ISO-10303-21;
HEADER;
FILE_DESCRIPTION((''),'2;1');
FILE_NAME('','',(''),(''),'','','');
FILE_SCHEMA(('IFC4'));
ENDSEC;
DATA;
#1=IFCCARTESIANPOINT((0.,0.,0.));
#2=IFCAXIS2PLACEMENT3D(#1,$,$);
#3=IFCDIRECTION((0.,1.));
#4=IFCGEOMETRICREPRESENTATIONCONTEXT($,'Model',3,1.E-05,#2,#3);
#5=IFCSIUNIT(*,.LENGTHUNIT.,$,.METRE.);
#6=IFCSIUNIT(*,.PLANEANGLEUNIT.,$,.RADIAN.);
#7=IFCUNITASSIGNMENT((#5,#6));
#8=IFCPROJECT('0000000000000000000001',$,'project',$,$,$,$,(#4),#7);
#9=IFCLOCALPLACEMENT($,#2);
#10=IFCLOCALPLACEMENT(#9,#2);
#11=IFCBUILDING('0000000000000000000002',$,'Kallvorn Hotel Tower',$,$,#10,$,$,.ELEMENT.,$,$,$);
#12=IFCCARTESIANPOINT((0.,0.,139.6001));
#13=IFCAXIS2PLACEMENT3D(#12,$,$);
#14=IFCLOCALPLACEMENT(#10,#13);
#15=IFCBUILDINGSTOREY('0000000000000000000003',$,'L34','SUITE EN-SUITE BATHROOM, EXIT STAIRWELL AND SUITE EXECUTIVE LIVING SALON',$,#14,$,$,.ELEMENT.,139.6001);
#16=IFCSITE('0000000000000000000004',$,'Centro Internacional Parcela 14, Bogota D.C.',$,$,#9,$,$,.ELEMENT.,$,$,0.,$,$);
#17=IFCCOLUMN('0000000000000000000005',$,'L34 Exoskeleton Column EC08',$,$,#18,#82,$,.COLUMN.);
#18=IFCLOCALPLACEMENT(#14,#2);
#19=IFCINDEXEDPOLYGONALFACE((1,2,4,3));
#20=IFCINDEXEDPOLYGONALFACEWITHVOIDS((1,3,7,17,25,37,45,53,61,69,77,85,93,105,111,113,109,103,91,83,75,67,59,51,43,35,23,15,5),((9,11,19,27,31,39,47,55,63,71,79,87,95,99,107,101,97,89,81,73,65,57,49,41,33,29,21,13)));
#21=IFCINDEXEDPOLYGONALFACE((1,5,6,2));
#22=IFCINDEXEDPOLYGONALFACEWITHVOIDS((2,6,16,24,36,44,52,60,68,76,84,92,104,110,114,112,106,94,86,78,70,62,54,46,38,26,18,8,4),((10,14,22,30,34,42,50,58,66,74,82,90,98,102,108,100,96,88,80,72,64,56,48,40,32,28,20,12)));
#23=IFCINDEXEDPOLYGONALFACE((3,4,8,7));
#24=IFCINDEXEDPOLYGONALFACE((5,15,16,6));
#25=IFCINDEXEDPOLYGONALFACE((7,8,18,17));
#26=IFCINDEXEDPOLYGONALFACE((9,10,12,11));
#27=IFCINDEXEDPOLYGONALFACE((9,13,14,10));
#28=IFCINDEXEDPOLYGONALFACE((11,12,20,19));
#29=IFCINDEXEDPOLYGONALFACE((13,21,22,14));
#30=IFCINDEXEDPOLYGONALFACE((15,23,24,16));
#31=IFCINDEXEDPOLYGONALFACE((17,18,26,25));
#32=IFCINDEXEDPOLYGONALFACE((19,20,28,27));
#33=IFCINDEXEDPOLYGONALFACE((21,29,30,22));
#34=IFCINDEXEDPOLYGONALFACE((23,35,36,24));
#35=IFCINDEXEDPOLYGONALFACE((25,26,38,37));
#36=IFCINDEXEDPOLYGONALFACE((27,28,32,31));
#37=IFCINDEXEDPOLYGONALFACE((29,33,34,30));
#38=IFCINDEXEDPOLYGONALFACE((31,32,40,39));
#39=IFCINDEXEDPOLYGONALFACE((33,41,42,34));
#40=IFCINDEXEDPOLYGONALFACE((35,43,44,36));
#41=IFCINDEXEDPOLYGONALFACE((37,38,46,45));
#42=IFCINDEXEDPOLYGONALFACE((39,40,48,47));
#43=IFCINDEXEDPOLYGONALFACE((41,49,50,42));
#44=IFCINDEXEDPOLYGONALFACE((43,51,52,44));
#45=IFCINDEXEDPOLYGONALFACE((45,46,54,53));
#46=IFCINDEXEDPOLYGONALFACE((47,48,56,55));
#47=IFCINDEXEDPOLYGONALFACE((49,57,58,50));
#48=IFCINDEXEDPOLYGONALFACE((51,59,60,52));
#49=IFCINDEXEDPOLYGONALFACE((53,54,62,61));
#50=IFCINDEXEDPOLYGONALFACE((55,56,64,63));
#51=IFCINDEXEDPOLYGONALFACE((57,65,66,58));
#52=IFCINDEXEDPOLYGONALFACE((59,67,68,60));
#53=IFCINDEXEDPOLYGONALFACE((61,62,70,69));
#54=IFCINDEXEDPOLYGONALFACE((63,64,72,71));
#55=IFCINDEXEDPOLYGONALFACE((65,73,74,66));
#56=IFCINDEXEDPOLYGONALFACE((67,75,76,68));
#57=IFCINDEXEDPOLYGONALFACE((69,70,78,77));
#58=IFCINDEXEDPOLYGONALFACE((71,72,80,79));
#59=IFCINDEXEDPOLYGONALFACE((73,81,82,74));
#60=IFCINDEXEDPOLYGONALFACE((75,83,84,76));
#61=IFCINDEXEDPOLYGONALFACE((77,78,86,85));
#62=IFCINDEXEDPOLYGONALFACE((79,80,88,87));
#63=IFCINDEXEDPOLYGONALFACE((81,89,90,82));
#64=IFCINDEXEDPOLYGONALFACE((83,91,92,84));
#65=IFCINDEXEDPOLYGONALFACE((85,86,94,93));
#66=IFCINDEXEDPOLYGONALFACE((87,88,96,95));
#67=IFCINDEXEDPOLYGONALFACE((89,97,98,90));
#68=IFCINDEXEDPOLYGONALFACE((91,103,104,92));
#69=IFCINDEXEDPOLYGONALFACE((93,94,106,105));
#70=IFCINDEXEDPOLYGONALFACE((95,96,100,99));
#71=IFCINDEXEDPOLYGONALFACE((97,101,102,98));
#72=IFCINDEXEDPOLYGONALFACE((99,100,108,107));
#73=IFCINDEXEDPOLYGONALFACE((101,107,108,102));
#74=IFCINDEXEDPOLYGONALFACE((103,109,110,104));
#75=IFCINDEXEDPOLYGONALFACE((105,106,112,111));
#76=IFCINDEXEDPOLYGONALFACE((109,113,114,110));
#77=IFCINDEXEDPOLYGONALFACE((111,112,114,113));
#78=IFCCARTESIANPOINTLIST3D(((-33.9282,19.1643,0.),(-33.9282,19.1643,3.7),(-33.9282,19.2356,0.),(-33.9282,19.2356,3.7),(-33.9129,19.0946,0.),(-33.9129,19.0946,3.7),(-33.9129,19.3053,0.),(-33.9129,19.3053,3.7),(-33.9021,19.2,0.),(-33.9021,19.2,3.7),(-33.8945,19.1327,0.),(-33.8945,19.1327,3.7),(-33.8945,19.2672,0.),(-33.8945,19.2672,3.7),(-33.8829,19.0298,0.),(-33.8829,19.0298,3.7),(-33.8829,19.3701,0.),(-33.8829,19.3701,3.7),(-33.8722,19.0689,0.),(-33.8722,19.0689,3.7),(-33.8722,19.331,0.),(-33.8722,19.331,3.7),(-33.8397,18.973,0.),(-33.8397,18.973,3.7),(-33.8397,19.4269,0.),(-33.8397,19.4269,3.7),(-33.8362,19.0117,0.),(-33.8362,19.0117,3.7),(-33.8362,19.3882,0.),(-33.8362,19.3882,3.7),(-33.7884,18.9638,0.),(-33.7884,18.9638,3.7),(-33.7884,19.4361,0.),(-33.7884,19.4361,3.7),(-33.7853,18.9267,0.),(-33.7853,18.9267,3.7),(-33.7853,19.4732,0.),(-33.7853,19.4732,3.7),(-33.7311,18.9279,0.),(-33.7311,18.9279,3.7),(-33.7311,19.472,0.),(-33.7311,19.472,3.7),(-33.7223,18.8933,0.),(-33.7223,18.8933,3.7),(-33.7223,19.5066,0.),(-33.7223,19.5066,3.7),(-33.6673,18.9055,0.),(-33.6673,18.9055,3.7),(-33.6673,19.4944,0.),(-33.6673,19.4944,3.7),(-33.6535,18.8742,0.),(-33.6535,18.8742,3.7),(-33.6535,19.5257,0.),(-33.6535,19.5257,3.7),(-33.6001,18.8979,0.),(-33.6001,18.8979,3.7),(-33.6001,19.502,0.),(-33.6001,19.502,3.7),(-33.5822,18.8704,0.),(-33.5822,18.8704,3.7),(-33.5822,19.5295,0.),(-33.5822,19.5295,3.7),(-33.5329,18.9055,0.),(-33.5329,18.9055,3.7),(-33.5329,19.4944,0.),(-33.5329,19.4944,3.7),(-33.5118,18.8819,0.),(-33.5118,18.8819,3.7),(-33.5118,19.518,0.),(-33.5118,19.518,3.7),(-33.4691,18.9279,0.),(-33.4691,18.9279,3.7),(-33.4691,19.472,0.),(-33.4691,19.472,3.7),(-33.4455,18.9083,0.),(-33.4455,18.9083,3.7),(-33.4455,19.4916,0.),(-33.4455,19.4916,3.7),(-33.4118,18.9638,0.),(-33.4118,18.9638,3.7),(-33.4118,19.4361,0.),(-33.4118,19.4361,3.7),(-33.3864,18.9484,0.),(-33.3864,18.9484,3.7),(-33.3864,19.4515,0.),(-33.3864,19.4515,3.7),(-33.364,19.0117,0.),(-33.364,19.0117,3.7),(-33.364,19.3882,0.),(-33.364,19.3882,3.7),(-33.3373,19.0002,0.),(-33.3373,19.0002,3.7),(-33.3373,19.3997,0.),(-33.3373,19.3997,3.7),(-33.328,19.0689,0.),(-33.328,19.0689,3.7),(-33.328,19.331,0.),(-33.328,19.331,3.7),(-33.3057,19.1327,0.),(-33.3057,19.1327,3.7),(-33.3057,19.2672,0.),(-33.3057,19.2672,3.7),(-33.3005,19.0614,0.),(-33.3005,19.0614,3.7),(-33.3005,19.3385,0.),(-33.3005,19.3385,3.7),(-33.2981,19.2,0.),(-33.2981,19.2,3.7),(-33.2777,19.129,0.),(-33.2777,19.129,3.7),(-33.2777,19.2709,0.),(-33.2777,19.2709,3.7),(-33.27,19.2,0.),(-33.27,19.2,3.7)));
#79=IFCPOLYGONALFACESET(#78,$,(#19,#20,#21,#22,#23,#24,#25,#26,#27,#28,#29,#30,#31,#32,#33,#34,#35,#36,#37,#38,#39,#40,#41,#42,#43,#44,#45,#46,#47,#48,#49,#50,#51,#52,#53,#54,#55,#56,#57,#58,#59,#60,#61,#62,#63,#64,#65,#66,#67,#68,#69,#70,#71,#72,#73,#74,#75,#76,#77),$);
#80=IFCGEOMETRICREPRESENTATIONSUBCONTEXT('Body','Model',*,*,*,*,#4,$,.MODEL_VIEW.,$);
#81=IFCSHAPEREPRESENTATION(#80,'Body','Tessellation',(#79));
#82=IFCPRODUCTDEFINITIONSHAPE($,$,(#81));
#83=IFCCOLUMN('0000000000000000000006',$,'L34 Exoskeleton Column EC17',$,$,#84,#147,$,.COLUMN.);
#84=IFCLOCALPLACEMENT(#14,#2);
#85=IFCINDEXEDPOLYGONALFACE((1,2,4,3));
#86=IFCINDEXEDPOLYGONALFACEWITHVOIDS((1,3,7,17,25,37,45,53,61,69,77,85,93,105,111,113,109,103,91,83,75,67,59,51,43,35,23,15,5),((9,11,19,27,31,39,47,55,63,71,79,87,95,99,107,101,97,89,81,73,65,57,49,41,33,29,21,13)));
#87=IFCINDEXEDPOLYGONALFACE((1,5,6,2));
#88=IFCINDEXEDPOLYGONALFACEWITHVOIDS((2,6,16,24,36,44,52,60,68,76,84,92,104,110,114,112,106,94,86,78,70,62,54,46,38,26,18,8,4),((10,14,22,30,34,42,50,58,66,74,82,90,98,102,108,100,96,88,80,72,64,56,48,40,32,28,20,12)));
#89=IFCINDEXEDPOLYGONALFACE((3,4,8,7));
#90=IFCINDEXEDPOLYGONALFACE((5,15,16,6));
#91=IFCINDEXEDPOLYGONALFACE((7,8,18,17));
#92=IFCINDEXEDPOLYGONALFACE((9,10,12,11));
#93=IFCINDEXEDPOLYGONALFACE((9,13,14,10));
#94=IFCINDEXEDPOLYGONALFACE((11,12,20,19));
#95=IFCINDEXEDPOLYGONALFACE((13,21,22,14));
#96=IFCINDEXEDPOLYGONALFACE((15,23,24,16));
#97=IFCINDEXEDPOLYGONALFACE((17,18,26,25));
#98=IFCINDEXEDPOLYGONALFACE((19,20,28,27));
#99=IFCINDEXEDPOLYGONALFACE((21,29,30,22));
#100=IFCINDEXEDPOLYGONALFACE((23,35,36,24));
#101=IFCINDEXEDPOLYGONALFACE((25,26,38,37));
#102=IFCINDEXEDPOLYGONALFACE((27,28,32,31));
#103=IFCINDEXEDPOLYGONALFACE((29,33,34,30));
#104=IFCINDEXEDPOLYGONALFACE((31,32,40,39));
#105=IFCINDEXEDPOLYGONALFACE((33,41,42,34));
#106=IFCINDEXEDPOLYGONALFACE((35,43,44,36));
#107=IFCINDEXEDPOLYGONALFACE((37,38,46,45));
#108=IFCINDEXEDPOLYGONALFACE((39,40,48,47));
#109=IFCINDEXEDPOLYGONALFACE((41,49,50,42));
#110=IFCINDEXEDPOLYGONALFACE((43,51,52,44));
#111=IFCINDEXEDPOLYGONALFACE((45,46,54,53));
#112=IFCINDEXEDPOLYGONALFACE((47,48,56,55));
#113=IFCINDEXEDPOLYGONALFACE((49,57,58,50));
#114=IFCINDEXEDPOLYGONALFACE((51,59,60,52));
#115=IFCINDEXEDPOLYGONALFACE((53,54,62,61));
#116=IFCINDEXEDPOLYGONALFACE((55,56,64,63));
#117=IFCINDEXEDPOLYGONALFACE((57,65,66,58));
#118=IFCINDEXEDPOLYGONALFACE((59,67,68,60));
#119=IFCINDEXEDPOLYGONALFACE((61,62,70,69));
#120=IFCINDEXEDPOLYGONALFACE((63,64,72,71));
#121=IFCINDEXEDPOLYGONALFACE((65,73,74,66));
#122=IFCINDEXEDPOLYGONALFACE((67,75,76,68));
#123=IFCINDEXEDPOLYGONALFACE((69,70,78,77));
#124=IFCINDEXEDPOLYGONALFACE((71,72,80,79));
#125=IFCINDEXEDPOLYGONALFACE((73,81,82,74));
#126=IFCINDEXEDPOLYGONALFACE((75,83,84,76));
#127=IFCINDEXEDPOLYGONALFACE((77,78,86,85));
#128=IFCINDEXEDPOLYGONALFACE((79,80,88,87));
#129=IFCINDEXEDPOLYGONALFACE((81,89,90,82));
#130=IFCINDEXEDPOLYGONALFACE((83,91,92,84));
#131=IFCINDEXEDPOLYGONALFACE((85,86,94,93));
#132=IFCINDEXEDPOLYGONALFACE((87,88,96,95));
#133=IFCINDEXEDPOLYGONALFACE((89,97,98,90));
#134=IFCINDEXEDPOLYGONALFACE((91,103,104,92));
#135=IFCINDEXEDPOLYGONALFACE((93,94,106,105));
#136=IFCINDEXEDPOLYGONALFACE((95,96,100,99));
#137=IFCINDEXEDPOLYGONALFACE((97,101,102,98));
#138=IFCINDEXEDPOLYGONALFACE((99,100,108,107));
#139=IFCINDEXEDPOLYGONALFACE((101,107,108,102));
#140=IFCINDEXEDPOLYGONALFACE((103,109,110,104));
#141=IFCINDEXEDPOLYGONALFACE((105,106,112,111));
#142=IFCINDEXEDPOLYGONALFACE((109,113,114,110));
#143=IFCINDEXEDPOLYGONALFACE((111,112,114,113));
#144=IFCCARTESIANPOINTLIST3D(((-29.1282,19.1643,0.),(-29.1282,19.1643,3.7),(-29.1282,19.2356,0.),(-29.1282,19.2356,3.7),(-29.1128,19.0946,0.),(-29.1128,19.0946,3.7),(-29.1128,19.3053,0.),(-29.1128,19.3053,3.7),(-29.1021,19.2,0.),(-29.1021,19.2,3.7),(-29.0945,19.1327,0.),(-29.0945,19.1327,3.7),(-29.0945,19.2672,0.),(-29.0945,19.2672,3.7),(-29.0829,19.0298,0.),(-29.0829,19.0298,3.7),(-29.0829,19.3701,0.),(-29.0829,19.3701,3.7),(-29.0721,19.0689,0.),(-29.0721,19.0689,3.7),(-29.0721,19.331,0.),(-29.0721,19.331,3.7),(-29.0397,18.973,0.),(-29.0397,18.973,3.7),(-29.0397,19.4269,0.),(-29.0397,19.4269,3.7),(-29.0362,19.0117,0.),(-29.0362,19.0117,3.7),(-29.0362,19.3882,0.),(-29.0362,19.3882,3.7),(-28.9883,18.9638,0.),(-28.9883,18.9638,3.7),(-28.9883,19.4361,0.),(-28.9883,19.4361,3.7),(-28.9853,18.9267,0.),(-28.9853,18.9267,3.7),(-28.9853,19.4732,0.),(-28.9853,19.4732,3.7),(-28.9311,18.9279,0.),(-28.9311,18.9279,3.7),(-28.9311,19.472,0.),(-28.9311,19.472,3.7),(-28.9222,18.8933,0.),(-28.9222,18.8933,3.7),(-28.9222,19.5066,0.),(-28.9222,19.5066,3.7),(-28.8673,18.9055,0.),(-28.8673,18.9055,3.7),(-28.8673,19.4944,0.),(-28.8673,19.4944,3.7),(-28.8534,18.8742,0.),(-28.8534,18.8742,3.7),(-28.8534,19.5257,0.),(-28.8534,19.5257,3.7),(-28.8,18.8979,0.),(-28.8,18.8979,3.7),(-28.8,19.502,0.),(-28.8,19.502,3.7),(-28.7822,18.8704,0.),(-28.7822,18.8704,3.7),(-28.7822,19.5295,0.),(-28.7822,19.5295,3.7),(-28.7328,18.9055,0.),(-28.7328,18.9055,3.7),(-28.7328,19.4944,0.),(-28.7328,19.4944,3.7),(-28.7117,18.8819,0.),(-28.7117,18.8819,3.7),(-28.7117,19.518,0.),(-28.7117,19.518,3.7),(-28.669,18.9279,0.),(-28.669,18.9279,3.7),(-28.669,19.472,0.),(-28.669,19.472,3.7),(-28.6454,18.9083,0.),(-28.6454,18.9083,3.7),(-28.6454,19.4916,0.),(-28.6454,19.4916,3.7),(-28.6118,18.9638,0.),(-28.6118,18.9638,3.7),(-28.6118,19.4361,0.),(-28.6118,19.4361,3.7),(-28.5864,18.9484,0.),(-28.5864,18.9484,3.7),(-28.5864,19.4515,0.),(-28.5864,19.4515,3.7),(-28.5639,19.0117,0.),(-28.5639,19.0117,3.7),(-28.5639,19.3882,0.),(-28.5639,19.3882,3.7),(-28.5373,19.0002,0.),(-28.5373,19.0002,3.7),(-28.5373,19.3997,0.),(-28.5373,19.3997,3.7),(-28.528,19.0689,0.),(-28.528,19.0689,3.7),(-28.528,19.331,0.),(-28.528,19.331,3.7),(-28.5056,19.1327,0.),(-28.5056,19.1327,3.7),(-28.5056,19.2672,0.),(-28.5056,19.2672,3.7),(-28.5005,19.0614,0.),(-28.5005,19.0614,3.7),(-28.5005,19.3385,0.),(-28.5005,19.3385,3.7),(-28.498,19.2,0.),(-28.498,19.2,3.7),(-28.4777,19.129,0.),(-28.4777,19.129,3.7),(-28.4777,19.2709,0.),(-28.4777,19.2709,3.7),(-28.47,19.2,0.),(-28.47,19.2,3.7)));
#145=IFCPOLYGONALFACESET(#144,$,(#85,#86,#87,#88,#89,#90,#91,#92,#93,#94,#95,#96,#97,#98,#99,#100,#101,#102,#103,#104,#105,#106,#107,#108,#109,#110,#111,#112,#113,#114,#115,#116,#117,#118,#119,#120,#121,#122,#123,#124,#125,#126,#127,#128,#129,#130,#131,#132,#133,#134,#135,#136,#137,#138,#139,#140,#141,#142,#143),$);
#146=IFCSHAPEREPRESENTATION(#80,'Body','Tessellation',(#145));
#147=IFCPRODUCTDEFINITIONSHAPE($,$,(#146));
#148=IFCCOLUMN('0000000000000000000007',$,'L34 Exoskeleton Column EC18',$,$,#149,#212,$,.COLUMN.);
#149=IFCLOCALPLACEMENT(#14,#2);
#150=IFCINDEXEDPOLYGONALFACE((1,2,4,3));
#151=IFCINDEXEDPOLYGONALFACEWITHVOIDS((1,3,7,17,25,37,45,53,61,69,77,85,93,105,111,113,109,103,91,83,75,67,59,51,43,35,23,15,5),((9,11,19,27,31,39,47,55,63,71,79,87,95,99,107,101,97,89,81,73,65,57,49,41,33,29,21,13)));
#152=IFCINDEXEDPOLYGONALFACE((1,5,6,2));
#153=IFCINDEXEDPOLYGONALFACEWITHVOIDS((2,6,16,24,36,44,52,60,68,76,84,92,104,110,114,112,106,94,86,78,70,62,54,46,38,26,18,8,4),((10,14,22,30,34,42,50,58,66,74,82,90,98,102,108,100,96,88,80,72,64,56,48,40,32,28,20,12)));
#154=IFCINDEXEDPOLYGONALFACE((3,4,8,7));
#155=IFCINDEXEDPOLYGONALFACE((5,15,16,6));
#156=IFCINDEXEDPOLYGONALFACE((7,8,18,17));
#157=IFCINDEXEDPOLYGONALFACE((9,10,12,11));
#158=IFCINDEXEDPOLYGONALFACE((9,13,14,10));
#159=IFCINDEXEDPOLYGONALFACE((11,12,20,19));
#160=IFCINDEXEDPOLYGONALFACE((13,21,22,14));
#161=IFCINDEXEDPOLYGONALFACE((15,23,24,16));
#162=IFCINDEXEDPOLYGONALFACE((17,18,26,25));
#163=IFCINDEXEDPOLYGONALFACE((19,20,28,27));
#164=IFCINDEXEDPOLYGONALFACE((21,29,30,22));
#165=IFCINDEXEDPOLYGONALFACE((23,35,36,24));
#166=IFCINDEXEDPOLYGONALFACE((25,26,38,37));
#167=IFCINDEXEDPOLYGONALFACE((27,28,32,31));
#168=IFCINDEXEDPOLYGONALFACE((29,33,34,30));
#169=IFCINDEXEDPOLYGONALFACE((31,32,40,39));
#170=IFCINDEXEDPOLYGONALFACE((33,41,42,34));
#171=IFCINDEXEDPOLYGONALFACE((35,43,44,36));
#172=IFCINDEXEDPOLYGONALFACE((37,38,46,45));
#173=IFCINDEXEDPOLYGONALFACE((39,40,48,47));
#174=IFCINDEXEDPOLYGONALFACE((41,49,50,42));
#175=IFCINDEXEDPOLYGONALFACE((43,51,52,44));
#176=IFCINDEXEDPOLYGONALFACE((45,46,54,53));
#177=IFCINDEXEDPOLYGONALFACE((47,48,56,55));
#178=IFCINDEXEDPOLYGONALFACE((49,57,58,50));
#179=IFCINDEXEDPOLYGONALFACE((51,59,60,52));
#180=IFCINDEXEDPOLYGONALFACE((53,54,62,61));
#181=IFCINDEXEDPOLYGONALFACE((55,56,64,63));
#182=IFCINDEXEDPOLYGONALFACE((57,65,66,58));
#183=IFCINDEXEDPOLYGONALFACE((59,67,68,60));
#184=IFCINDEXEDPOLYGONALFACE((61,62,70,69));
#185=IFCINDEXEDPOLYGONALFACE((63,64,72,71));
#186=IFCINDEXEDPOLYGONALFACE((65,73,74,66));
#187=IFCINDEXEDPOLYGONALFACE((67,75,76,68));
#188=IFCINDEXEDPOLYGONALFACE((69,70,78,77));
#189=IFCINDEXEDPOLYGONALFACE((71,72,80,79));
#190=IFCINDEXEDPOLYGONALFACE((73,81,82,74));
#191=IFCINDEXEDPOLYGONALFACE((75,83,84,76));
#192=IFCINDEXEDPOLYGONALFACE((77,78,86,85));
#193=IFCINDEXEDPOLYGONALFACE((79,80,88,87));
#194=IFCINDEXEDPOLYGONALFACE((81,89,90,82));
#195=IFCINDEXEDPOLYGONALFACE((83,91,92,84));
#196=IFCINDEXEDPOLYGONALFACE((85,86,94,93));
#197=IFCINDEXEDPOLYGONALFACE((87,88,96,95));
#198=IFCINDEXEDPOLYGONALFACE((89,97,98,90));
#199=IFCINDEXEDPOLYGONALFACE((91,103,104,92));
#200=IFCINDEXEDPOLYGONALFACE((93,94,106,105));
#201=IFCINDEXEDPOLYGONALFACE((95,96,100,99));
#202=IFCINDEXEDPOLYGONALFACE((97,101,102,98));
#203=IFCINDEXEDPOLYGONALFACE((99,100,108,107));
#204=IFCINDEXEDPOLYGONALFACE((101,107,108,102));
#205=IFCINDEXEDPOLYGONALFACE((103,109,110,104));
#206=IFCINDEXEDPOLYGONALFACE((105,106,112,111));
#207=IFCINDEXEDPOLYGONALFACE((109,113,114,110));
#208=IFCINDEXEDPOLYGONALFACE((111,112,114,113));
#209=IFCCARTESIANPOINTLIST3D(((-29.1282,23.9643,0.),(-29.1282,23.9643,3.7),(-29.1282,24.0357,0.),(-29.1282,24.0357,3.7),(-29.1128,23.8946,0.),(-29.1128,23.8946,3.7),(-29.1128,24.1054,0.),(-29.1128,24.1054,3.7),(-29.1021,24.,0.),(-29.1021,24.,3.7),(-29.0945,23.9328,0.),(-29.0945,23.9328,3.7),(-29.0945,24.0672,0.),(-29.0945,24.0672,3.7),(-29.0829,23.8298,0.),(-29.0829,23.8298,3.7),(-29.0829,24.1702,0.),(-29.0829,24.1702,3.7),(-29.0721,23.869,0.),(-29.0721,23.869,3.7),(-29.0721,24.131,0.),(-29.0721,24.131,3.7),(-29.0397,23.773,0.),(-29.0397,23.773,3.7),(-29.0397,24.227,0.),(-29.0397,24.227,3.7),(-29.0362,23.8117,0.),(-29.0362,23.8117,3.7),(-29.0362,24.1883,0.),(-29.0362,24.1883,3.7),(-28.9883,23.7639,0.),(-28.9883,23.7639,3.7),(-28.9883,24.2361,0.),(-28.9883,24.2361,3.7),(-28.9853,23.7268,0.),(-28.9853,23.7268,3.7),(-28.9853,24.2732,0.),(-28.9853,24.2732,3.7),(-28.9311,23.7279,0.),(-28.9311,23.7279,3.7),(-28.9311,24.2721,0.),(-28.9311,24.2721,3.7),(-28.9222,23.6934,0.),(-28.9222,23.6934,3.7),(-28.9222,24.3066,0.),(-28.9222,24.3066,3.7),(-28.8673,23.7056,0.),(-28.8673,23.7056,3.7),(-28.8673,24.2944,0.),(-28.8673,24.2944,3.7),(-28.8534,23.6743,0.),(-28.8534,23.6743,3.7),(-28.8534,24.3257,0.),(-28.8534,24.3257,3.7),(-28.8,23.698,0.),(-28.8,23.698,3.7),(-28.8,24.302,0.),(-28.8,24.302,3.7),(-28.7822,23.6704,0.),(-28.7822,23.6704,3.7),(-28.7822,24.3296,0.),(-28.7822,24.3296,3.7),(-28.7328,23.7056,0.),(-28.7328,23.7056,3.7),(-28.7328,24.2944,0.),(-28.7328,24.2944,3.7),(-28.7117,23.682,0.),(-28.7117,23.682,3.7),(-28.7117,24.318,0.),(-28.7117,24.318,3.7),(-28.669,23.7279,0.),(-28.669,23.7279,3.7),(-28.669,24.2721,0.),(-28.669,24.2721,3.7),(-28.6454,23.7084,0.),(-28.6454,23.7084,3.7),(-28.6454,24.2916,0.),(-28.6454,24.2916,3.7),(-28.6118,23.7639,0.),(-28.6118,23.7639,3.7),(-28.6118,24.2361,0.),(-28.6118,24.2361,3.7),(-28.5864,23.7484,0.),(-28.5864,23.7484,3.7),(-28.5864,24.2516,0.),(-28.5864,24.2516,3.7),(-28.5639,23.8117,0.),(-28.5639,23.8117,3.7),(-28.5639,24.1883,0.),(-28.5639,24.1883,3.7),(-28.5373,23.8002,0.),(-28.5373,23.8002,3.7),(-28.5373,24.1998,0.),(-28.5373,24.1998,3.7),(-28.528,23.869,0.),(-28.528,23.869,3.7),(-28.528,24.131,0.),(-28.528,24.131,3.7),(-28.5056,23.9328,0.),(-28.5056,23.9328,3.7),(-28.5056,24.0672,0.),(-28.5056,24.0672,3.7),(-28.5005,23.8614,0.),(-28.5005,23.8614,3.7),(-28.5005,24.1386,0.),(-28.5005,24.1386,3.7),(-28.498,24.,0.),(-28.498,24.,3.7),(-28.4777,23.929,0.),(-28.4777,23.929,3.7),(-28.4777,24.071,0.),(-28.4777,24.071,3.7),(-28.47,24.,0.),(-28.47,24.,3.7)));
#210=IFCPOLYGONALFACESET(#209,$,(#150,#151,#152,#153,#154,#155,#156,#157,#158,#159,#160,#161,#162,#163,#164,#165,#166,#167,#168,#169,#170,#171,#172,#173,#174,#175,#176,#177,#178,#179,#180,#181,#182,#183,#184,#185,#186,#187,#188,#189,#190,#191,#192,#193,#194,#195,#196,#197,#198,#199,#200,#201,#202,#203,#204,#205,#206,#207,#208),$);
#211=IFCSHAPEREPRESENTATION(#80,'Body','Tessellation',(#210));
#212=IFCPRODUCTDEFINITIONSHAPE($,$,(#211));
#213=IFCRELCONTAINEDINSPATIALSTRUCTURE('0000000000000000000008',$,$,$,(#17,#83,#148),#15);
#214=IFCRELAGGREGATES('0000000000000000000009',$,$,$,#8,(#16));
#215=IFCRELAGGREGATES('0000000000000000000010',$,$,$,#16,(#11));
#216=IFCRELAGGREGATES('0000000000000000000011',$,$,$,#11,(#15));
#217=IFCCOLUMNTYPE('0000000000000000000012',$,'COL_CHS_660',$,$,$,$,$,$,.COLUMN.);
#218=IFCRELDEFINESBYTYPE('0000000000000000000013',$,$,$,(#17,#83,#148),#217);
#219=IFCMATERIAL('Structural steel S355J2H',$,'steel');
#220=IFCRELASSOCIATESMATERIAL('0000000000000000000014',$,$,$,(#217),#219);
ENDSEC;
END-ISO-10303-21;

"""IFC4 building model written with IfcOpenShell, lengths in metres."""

from ifc_helpers import new_model, si_unit, direction, frame, origin, origin_2d, place, context, subcontext, project, spatial, hollow_circle, extrude, material, material_profile, profile_set, type_object, element, save


model = new_model("IFC4")

# Units and contexts
model_context = context("Model", 3, precision=1e-05, world=origin(), true_north=direction((0.0, 1.0)))
body_context = subcontext(model_context, "Body", "Model", "MODEL_VIEW")
ifc_project = project(units=[si_unit("LENGTHUNIT", "METRE"), si_unit("PLANEANGLEUNIT", "RADIAN")], contexts=[model_context])

# Site, building, storey
site_placement = place(None, origin())
site = spatial("IfcSite", under=ifc_project, at=site_placement, Name="Centro Internacional Parcela 14, Bogota D.C.", CompositionType="ELEMENT", RefElevation=0.0)
building_placement = place(site_placement, origin())
building = spatial("IfcBuilding", under=site, at=building_placement, Name="Kallvorn Hotel Tower", CompositionType="ELEMENT")
storey_placement = place(building_placement, frame((0.0, 0.0, 139.6001)))
storey = spatial("IfcBuildingStorey", under=building, at=storey_placement, Name="L34", Description="SUITE EN-SUITE BATHROOM, EXIT STAIRWELL AND SUITE EXECUTIVE LIVING SALON", CompositionType="ELEMENT", Elevation=139.6001)

# Columns
ifc_material_1 = material(Name="Structural steel S355J2H", Category="steel")
ifc_material_profile_1 = material_profile(ifc_material_1, hollow_circle(Radius=0.3301, WallThickness=0.0281, at=origin_2d()), Name="CHS 660x28")
ifc_profile_set_1 = profile_set([ifc_material_profile_1], Name="Structural steel S355J2H")
column_type = type_object("IfcColumnType", Name="COL_CHS_660", PredefinedType="COLUMN", material=ifc_profile_set_1)
for number, where, z_axis, x_axis, name in (
    (1, (-33.6001, 19.2, 0.0), (0.0, 0.0, 1.0), (1.0, 0.0, 0.0), "L34 Exoskeleton Column EC08"),
    (2, (-28.8, 19.2, 0.0), (0.0, 0.0, 1.0), (1.0, 0.0, 0.0), "L34 Exoskeleton Column EC17"),
    (3, (-28.8, 24.0, 0.0), (0.0, 0.0, 1.0), (1.0, 0.0, 0.0), "L34 Exoskeleton Column EC18"),
):
    element("IfcColumn", number, at=place(storey_placement, frame(where, z_axis=z_axis, x_axis=x_axis)), inside=storey, type_object=column_type, Name=name, PredefinedType="COLUMN", context=body_context, shape_type="SweptSolid", body=[
        extrude(hollow_circle(Radius=0.3301, WallThickness=0.0281, at=origin_2d()), origin(), (0.0, 0.0, 1.0), 3.7),
    ])

save(model, "model.ifc")
